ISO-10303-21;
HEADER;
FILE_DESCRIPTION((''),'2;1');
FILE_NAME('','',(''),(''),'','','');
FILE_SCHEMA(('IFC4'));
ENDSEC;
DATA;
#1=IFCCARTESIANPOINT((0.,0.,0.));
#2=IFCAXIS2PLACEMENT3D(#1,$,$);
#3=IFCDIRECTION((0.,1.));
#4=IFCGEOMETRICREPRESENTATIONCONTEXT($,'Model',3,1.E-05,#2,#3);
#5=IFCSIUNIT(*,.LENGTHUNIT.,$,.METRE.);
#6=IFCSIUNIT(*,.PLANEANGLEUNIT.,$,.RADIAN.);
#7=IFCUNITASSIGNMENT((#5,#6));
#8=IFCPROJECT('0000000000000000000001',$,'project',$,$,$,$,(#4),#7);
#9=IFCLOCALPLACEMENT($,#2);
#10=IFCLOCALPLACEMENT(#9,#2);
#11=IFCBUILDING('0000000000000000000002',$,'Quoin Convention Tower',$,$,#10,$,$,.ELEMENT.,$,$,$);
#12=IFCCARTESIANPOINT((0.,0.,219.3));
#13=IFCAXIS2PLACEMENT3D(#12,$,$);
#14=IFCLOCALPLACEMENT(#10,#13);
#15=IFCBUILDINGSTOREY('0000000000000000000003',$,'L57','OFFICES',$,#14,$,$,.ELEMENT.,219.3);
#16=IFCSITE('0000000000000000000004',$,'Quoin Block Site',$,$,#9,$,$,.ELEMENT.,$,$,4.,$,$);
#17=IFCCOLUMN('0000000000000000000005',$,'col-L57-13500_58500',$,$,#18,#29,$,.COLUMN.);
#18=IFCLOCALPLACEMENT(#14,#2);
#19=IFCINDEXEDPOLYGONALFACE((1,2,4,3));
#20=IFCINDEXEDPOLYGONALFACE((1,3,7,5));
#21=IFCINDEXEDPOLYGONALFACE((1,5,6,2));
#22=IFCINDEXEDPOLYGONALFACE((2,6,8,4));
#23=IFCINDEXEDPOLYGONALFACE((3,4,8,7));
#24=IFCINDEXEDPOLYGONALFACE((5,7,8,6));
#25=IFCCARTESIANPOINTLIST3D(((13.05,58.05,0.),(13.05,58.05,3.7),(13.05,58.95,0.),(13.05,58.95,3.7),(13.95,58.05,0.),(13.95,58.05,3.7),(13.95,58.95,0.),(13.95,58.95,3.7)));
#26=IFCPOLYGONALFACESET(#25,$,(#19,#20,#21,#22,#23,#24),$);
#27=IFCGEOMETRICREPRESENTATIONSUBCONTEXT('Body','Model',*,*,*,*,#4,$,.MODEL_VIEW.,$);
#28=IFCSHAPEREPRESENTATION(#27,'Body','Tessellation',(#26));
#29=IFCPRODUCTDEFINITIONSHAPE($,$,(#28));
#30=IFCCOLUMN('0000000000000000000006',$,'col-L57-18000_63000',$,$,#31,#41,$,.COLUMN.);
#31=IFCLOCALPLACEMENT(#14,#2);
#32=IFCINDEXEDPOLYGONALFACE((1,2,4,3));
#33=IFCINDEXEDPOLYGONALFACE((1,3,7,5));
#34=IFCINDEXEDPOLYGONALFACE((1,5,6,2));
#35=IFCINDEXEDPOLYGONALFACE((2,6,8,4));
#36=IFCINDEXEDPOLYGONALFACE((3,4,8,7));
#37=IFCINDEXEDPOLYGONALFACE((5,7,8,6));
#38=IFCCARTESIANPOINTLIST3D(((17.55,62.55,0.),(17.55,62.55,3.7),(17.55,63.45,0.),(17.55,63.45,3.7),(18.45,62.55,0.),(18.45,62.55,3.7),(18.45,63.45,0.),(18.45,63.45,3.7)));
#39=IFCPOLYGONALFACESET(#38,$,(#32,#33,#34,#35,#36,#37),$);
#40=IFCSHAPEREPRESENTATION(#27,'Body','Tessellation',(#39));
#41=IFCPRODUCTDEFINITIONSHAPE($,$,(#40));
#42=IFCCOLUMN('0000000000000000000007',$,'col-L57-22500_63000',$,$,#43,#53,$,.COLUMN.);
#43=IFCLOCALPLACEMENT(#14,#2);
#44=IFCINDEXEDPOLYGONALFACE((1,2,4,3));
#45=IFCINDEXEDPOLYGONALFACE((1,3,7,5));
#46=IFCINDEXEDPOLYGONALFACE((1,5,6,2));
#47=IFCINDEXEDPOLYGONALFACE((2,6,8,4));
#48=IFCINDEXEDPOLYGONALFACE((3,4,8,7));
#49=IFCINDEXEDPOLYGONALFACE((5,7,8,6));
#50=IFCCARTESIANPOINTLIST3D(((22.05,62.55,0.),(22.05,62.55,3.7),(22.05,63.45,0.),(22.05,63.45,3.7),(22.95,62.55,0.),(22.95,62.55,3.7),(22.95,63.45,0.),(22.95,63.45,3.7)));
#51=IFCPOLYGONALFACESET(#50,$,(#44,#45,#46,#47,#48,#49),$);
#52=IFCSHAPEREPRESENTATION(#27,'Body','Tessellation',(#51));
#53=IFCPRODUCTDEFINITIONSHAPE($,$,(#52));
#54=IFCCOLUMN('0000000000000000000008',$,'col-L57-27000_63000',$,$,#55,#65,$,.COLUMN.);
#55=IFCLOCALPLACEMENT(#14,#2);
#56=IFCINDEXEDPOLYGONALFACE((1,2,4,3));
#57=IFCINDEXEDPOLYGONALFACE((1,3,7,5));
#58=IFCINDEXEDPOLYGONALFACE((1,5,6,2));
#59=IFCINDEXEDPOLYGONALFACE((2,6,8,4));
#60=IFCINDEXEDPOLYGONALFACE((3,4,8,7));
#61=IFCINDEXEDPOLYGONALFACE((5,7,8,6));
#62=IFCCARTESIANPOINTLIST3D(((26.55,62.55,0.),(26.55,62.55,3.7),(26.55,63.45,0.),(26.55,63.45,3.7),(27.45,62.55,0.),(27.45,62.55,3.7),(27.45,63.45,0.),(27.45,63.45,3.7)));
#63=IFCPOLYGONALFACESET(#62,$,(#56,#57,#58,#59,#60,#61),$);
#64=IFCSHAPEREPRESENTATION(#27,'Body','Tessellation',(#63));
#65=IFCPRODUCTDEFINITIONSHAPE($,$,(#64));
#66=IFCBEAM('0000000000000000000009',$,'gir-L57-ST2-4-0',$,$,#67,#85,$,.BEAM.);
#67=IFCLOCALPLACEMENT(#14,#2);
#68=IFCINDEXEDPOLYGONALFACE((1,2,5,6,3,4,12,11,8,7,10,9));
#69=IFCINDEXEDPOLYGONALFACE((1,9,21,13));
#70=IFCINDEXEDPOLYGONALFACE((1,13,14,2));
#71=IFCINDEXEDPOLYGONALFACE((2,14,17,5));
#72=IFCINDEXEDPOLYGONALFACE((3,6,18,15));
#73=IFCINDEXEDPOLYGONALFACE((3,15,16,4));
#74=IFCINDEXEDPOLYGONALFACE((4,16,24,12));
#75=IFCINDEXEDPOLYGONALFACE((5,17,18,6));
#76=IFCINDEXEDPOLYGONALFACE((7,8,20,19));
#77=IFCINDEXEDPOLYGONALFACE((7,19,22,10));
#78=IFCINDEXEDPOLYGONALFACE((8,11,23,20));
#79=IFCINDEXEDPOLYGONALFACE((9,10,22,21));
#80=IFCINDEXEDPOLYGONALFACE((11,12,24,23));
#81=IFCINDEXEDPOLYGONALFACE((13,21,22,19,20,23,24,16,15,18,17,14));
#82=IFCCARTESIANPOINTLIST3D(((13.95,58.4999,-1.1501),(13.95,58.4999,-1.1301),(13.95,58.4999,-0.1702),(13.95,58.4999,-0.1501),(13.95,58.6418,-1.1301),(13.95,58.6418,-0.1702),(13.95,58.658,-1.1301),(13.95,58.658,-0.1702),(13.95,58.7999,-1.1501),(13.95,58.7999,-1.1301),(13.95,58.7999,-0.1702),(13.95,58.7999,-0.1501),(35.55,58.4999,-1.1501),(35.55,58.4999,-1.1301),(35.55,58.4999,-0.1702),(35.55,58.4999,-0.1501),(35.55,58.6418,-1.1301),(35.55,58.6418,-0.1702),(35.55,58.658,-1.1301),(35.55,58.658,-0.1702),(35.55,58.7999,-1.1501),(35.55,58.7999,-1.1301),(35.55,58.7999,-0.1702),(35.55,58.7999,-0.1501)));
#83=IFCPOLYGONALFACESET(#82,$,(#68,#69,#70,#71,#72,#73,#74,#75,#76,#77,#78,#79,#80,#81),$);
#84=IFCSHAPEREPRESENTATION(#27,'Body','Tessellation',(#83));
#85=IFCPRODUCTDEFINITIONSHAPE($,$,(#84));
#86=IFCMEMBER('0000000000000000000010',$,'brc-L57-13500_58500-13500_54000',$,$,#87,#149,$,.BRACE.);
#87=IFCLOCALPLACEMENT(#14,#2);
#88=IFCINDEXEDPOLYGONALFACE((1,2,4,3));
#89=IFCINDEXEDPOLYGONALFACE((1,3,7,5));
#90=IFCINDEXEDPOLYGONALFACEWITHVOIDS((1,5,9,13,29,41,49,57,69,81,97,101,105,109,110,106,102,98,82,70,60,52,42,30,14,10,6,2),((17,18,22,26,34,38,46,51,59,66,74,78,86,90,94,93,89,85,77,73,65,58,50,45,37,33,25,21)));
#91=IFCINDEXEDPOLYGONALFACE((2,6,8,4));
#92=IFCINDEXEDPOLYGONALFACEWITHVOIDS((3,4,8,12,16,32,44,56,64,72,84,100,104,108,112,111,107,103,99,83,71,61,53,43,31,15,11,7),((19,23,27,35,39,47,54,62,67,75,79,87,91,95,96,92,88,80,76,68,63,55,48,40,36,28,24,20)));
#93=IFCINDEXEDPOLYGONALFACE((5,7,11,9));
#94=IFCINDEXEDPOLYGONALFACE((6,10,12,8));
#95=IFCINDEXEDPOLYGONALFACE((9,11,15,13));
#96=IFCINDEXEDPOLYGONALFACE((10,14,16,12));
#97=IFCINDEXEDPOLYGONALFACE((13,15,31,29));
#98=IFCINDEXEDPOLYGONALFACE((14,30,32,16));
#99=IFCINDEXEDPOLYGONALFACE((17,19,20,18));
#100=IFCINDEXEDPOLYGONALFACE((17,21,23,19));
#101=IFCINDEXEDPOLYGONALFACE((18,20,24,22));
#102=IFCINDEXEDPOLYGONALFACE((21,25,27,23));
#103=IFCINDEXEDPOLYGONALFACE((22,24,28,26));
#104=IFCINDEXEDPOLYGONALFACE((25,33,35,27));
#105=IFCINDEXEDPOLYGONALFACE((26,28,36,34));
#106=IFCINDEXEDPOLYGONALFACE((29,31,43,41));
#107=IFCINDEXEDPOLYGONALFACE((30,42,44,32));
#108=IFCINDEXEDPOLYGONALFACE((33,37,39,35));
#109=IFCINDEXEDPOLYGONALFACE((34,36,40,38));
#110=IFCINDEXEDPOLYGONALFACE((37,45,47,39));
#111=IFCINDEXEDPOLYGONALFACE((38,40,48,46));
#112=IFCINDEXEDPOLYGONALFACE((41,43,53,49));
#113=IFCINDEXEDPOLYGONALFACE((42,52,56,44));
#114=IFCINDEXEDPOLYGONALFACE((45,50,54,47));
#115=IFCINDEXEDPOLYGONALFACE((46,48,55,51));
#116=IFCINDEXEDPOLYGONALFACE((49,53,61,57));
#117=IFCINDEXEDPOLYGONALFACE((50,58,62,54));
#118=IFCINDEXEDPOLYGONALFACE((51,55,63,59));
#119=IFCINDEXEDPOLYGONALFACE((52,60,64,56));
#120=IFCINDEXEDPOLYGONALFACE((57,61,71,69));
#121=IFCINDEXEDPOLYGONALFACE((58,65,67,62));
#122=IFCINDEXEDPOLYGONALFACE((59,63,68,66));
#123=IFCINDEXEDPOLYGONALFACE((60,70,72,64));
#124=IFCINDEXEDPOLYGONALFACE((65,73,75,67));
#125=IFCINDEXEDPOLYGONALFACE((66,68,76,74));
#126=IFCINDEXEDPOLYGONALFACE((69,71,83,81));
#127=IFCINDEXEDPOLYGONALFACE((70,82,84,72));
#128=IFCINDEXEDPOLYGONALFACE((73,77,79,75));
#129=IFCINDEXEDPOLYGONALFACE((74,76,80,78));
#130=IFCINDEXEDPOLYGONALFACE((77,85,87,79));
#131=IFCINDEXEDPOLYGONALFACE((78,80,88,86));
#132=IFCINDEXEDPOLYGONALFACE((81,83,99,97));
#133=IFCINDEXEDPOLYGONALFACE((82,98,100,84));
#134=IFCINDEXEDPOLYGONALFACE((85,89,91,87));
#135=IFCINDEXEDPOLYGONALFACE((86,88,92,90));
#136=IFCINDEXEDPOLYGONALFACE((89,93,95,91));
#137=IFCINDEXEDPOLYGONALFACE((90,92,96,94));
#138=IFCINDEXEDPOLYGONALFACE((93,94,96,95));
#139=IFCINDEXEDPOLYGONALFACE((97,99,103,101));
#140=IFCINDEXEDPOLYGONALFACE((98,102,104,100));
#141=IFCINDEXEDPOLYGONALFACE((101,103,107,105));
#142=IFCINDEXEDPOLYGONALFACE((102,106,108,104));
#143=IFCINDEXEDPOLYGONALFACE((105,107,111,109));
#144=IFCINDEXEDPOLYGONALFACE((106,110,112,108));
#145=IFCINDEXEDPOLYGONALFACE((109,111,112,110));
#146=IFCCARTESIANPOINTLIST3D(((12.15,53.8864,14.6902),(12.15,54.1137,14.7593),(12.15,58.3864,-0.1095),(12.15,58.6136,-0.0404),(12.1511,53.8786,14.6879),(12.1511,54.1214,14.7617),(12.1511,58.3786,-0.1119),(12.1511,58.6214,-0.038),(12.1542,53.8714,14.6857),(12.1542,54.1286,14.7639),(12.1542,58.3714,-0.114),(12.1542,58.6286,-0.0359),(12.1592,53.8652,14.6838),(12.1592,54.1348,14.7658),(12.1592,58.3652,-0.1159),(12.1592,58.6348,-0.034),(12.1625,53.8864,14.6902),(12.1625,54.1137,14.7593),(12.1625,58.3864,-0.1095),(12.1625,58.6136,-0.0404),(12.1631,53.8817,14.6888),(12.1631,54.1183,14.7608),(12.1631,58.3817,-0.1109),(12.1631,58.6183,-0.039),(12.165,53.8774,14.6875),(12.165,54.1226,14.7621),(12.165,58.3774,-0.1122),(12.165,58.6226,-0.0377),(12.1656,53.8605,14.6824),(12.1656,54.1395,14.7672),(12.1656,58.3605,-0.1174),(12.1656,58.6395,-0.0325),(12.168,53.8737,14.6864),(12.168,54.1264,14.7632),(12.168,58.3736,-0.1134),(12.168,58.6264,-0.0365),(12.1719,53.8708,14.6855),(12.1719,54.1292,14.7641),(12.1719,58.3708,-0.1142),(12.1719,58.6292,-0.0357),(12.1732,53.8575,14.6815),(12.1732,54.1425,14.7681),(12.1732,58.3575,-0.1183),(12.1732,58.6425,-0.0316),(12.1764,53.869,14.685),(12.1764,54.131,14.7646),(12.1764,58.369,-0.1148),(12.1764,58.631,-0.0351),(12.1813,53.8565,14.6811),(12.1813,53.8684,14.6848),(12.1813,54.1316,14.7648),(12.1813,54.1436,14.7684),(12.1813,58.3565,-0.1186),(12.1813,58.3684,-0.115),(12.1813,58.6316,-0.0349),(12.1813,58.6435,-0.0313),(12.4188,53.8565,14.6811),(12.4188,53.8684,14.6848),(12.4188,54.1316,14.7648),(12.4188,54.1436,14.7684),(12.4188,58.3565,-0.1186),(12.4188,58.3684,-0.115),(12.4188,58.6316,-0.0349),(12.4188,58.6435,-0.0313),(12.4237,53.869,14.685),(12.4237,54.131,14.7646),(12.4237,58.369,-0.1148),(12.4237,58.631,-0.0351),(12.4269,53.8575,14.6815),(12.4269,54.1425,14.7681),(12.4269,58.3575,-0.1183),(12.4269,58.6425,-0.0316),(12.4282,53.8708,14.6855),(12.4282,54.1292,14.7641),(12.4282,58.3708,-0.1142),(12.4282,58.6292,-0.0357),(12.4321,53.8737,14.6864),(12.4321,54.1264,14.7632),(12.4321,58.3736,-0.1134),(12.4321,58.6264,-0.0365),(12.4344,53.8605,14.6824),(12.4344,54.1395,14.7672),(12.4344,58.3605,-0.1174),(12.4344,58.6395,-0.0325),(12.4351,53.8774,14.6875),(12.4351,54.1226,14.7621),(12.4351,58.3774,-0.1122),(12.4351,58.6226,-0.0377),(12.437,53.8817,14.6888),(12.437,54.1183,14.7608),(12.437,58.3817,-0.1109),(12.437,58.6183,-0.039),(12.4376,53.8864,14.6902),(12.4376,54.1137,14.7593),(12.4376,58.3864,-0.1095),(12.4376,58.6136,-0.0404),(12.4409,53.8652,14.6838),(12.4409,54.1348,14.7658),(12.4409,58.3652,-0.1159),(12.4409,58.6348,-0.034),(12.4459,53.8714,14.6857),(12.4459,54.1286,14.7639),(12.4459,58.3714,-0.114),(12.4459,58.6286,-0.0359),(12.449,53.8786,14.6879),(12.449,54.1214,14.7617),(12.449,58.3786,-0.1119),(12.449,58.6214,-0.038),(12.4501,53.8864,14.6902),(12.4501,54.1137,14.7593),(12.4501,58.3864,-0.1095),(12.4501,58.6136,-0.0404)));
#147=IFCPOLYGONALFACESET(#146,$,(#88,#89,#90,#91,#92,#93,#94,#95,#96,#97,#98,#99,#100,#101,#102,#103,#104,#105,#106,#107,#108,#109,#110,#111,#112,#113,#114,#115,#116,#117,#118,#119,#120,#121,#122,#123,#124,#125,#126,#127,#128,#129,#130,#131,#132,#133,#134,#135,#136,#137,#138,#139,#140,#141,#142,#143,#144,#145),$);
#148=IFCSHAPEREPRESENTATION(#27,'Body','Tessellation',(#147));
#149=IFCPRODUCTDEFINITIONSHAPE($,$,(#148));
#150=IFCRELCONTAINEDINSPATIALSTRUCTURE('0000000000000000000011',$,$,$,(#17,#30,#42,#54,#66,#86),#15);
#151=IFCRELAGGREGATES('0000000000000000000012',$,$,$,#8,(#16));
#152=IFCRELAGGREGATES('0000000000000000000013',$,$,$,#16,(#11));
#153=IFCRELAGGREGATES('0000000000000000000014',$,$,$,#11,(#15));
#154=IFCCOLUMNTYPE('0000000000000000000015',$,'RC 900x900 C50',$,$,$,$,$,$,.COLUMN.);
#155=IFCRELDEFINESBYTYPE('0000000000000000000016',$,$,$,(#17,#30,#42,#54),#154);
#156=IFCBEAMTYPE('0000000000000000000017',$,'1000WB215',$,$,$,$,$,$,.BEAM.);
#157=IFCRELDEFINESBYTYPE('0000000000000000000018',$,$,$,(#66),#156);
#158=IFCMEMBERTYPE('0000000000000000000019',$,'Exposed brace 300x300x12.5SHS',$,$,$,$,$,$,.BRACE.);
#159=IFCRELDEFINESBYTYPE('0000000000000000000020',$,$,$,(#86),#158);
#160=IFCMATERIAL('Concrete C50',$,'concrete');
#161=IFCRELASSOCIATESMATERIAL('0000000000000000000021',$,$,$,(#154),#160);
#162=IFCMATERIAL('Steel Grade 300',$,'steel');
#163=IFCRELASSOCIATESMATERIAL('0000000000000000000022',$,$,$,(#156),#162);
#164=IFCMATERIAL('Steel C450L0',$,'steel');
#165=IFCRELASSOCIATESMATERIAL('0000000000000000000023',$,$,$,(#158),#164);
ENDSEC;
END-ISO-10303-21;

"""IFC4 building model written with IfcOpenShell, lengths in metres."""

from ifc_helpers import new_model, si_unit, direction, frame, origin, origin_2d, place, context, subcontext, project, spatial, rectangle, hollow_rectangle, i_section, extrude, material, material_profile, profile_set, type_object, element, save


model = new_model("IFC4")

# Units and contexts
model_context = context("Model", 3, precision=1e-05, world=origin(), true_north=direction((0.0, 1.0)))
body_context = subcontext(model_context, "Body", "Model", "MODEL_VIEW")
ifc_project = project(units=[si_unit("LENGTHUNIT", "METRE"), si_unit("PLANEANGLEUNIT", "RADIAN")], contexts=[model_context])

# Site, building, storey
site_placement = place(None, origin())
site = spatial("IfcSite", under=ifc_project, at=site_placement, Name="Quoin Block Site", CompositionType="ELEMENT", RefElevation=4.0)
building_placement = place(site_placement, origin())
building = spatial("IfcBuilding", under=site, at=building_placement, Name="Quoin Convention Tower", CompositionType="ELEMENT")
storey_placement = place(building_placement, frame((0.0, 0.0, 219.3)))
storey = spatial("IfcBuildingStorey", under=building, at=storey_placement, Name="L57", Description="OFFICES", CompositionType="ELEMENT", Elevation=219.3)

# Columns
ifc_material_1 = material(Name="Concrete C50", Category="concrete")
ifc_material_profile_1 = material_profile(ifc_material_1, rectangle(XDim=0.8999, YDim=0.8999, at=origin_2d()), Name="RC 900x900")
ifc_profile_set_1 = profile_set([ifc_material_profile_1], Name="Concrete C50")
column_type = type_object("IfcColumnType", Name="RC 900x900 C50", PredefinedType="COLUMN", material=ifc_profile_set_1)
for number, where, z_axis, x_axis, name in (
    (1, (13.5, 58.5, 0.0), (0.0, 0.0, 1.0), (1.0, 0.0, 0.0), "col-L57-13500_58500"),
    (2, (18.0, 63.0, 0.0), (0.0, 0.0, 1.0), (1.0, 0.0, 0.0), "col-L57-18000_63000"),
    (3, (22.5, 63.0, 0.0), (0.0, 0.0, 1.0), (1.0, 0.0, 0.0), "col-L57-22500_63000"),
    (4, (27.0, 63.0, 0.0), (0.0, 0.0, 1.0), (1.0, 0.0, 0.0), "col-L57-27000_63000"),
):
    element("IfcColumn", number, at=place(storey_placement, frame(where, z_axis=z_axis, x_axis=x_axis)), inside=storey, type_object=column_type, Name=name, PredefinedType="COLUMN", context=body_context, shape_type="SweptSolid", body=[
        extrude(rectangle(XDim=0.8999, YDim=0.8999, at=origin_2d()), origin(), (0.0, 0.0, 1.0), 3.7),
    ])

# Beam
ifc_material_2 = material(Name="Steel Grade 300", Category="steel")
ifc_material_profile_2 = material_profile(ifc_material_2, i_section(OverallWidth=0.3, OverallDepth=1.0, WebThickness=0.0161, FlangeThickness=0.02, at=origin_2d()), Name="1000WB215")
ifc_profile_set_2 = profile_set([ifc_material_profile_2], Name="Steel Grade 300")
beam_type_1 = type_object("IfcBeamType", Name="1000WB215", PredefinedType="BEAM", material=ifc_profile_set_2)
beam_1_placement = place(storey_placement, frame((13.95, 58.6499, -0.6501), z_axis=(1.0, 0.0, 0.0), x_axis=(0.0, 1.0, 0.0)))
element("IfcBeam", 5, at=beam_1_placement, inside=storey, type_object=beam_type_1, Name="gir-L57-ST2-4-0", PredefinedType="BEAM", context=body_context, shape_type="SweptSolid", body=[
    extrude(i_section(OverallWidth=0.3, OverallDepth=1.0, WebThickness=0.0161, FlangeThickness=0.02, at=origin_2d()), origin(), (0.0, 0.0, 1.0), 21.6001),
])

# Member
ifc_material_3 = material(Name="Steel C450L0", Category="steel")
ifc_material_profile_3 = material_profile(ifc_material_3, hollow_rectangle(XDim=0.3, YDim=0.3, WallThickness=0.0125, InnerFilletRadius=0.0188, OuterFilletRadius=0.0312, at=origin_2d()), Name="300x300x12.5SHS")
ifc_profile_set_3 = profile_set([ifc_material_profile_3], Name="Steel C450L0")
member_type = type_object("IfcMemberType", Name="Exposed brace 300x300x12.5SHS", PredefinedType="BRACE", material=ifc_profile_set_3)
for number, where, z_axis, x_axis, name in (
    (6, (12.3, 58.5, -0.075), (0.0, -0.290908, 0.956751), (1.0, 0.0, 0.0), "brc-L57-13500_58500-13500_54000"),
):
    element("IfcMember", number, at=place(storey_placement, frame(where, z_axis=z_axis, x_axis=x_axis)), inside=storey, type_object=member_type, Name=name, PredefinedType="BRACE", context=body_context, shape_type="SweptSolid", body=[
        extrude(hollow_rectangle(XDim=0.3, YDim=0.3, WallThickness=0.0125, InnerFilletRadius=0.0188, OuterFilletRadius=0.0312, at=origin_2d()), origin(), (0.0, 0.0, 1.0), 15.4688),
    ])

save(model, "model.ifc")
